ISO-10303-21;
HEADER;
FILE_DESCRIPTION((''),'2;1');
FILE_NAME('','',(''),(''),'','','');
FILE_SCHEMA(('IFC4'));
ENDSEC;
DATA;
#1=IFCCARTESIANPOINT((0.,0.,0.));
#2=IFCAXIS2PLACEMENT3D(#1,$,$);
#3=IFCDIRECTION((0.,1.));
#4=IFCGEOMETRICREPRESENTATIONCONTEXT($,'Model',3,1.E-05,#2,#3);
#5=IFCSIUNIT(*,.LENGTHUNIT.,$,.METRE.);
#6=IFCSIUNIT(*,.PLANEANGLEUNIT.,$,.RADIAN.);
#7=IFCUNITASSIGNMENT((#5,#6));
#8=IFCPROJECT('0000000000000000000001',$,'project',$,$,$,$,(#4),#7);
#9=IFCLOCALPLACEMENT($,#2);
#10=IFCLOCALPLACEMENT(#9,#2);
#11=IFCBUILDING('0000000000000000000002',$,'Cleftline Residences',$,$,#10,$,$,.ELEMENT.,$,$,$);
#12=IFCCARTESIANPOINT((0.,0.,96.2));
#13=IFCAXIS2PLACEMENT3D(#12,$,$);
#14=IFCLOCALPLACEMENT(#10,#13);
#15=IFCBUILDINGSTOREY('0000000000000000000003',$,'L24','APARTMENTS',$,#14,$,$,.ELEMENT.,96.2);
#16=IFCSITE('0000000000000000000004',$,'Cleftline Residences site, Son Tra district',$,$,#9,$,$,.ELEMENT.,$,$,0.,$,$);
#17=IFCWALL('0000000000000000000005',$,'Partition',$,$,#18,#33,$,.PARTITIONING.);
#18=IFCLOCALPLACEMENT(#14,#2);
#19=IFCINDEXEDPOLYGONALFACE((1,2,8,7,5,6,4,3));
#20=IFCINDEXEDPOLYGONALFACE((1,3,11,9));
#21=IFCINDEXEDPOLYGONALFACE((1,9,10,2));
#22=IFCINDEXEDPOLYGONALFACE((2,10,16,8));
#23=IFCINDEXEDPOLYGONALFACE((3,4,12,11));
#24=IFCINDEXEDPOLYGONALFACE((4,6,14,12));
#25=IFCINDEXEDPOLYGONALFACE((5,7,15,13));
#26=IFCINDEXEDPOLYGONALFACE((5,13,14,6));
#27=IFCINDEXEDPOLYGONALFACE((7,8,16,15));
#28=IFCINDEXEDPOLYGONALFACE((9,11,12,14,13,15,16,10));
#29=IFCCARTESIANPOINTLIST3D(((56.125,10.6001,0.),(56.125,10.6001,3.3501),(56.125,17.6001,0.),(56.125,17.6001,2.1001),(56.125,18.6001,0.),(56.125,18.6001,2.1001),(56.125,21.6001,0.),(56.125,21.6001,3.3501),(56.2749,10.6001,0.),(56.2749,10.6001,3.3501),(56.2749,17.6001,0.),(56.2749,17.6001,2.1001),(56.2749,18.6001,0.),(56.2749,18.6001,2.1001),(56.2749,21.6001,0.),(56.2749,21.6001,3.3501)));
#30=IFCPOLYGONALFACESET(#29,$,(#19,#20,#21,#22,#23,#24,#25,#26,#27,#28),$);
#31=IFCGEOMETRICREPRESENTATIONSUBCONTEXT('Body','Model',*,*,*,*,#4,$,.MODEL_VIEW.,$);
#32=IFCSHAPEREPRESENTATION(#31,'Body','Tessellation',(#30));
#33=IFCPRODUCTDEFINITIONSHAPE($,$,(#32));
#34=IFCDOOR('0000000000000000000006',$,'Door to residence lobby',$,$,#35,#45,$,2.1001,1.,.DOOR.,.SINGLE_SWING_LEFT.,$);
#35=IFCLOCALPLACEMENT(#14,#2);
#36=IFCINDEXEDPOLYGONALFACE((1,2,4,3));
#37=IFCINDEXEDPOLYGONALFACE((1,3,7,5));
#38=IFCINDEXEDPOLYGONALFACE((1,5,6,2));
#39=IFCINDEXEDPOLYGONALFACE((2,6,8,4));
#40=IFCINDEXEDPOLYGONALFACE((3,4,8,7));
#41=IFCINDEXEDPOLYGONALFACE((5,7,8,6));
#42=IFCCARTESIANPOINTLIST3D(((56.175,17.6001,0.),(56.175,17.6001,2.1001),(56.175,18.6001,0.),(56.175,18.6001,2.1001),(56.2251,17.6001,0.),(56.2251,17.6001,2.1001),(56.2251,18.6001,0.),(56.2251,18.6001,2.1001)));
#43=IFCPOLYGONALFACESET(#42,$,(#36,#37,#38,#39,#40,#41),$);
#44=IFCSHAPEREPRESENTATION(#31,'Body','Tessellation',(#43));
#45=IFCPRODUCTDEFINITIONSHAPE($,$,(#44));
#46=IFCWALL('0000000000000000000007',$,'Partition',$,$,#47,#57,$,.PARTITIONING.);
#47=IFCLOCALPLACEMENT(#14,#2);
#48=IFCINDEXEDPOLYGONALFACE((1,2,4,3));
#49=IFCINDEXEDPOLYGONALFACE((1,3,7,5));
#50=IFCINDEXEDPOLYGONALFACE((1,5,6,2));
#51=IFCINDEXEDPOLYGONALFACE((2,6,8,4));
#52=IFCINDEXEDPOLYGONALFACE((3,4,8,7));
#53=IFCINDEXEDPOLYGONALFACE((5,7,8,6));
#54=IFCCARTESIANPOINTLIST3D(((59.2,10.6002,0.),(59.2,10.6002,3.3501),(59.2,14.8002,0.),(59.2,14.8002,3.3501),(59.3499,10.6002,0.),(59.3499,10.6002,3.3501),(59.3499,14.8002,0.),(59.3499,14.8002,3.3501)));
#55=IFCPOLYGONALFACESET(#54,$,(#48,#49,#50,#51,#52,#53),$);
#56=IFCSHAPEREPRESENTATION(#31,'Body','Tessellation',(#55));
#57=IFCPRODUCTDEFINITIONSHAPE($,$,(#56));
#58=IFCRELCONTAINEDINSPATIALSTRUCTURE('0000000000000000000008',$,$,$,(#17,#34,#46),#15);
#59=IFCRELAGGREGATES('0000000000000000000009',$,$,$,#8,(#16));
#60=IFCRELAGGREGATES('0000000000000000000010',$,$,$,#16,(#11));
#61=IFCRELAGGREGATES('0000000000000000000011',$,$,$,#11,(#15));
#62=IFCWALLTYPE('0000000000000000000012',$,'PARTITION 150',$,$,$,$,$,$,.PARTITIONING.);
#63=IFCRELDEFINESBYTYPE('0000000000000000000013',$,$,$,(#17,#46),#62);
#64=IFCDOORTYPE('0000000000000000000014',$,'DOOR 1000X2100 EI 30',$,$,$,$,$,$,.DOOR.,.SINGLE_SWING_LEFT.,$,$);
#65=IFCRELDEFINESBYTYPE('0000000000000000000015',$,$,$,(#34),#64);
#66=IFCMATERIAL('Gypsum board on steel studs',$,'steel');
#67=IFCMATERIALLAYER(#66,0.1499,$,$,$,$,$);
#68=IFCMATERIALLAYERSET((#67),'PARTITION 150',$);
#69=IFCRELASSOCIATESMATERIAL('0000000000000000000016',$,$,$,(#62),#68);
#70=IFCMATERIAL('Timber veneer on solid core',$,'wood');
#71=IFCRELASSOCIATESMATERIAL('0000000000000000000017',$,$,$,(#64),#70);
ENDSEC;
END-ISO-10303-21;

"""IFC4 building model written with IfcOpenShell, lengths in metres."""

from ifc_helpers import new_model, si_unit, direction, frame, frame_2d, origin, place, context, subcontext, project, spatial, rectangle, extrude, material, layer, layer_set, type_object, element, fill, save


model = new_model("IFC4")

# Units and contexts
model_context = context("Model", 3, precision=1e-05, world=origin(), true_north=direction((0.0, 1.0)))
body_context = subcontext(model_context, "Body", "Model", "MODEL_VIEW")
ifc_project = project(units=[si_unit("LENGTHUNIT", "METRE"), si_unit("PLANEANGLEUNIT", "RADIAN")], contexts=[model_context])

# Site, building, storey
site_placement = place(None, origin())
site = spatial("IfcSite", under=ifc_project, at=site_placement, Name="Cleftline Residences site, Son Tra district", CompositionType="ELEMENT", RefElevation=0.0)
building_placement = place(site_placement, origin())
building = spatial("IfcBuilding", under=site, at=building_placement, Name="Cleftline Residences", CompositionType="ELEMENT")
storey_placement = place(building_placement, frame((0.0, 0.0, 96.2)))
storey = spatial("IfcBuildingStorey", under=building, at=storey_placement, Name="L24", Description="APARTMENTS", CompositionType="ELEMENT", Elevation=96.2)

# Shared definitions
ifc_material_1 = material(Name="Gypsum board on steel studs", Category="steel")
ifc_layer_1 = layer(ifc_material_1, 0.1499)
ifc_layer_set_1 = layer_set([ifc_layer_1], Name="PARTITION 150")
wall_type_1 = type_object("IfcWallType", Name="PARTITION 150", PredefinedType="PARTITIONING", material=ifc_layer_set_1)

# Wall, opening, door
wall_1_placement = place(storey_placement, frame((56.2, 10.6001, 0.0), z_axis=(0.0, 0.0, 1.0), x_axis=(0.0, 1.0, 0.0)))
wall_1 = element("IfcWall", 1, at=wall_1_placement, inside=storey, type_object=wall_type_1, Name="Partition", PredefinedType="PARTITIONING", context=body_context, shape_type="SweptSolid", body=[
    extrude(rectangle(XDim=11.0, YDim=0.1499, at=frame_2d((5.5, 0.0))), origin(), (0.0, 0.0, 1.0), 3.3501),
])
opening_1_placement = place(wall_1_placement, frame((7.0, 0.0, 0.0)))
opening_1 = element("IfcOpeningElement", 2, at=opening_1_placement, cuts=wall_1, PredefinedType="OPENING", context=body_context, shape_type="SweptSolid", body=[
    extrude(rectangle(XDim=1.0, YDim=2.1001, at=frame_2d((0.5, 1.05))), frame((0.0, 0.085, 0.0), z_axis=(0.0, -1.0, 0.0), x_axis=(1.0, 0.0, 0.0)), (0.0, 0.0, 1.0), 0.1699),
])
ifc_material_2 = material(Name="Timber veneer on solid core", Category="wood")
door_type_1 = type_object("IfcDoorType", Name="DOOR 1000X2100 EI 30", OperationType="SINGLE_SWING_LEFT", PredefinedType="DOOR", material=ifc_material_2)
door_1_placement = place(opening_1_placement, origin())
door_1 = element("IfcDoor", 3, at=door_1_placement, inside=storey, type_object=door_type_1, Name="Door to residence lobby", OperationType="SINGLE_SWING_LEFT", OverallHeight=2.1001, OverallWidth=1.0, PredefinedType="DOOR", context=body_context, shape_type="SweptSolid", body=[
    extrude(rectangle(XDim=1.0, YDim=2.1001, at=frame_2d((0.5, 1.05))), frame((0.0, 0.0249, 0.0), z_axis=(0.0, -1.0, 0.0), x_axis=(1.0, 0.0, 0.0)), (0.0, 0.0, 1.0), 0.05),
])
fill(opening_1, door_1)

# Wall
wall_2_placement = place(storey_placement, frame((59.2749, 10.6001, 0.0), z_axis=(0.0, 0.0, 1.0), x_axis=(0.0, 1.0, 0.0)))
element("IfcWall", 4, at=wall_2_placement, inside=storey, type_object=wall_type_1, Name="Partition", PredefinedType="PARTITIONING", context=body_context, shape_type="SweptSolid", body=[
    extrude(rectangle(XDim=4.2, YDim=0.1499, at=frame_2d((2.1001, 0.0))), origin(), (0.0, 0.0, 1.0), 3.3501),
])

save(model, "model.ifc")
